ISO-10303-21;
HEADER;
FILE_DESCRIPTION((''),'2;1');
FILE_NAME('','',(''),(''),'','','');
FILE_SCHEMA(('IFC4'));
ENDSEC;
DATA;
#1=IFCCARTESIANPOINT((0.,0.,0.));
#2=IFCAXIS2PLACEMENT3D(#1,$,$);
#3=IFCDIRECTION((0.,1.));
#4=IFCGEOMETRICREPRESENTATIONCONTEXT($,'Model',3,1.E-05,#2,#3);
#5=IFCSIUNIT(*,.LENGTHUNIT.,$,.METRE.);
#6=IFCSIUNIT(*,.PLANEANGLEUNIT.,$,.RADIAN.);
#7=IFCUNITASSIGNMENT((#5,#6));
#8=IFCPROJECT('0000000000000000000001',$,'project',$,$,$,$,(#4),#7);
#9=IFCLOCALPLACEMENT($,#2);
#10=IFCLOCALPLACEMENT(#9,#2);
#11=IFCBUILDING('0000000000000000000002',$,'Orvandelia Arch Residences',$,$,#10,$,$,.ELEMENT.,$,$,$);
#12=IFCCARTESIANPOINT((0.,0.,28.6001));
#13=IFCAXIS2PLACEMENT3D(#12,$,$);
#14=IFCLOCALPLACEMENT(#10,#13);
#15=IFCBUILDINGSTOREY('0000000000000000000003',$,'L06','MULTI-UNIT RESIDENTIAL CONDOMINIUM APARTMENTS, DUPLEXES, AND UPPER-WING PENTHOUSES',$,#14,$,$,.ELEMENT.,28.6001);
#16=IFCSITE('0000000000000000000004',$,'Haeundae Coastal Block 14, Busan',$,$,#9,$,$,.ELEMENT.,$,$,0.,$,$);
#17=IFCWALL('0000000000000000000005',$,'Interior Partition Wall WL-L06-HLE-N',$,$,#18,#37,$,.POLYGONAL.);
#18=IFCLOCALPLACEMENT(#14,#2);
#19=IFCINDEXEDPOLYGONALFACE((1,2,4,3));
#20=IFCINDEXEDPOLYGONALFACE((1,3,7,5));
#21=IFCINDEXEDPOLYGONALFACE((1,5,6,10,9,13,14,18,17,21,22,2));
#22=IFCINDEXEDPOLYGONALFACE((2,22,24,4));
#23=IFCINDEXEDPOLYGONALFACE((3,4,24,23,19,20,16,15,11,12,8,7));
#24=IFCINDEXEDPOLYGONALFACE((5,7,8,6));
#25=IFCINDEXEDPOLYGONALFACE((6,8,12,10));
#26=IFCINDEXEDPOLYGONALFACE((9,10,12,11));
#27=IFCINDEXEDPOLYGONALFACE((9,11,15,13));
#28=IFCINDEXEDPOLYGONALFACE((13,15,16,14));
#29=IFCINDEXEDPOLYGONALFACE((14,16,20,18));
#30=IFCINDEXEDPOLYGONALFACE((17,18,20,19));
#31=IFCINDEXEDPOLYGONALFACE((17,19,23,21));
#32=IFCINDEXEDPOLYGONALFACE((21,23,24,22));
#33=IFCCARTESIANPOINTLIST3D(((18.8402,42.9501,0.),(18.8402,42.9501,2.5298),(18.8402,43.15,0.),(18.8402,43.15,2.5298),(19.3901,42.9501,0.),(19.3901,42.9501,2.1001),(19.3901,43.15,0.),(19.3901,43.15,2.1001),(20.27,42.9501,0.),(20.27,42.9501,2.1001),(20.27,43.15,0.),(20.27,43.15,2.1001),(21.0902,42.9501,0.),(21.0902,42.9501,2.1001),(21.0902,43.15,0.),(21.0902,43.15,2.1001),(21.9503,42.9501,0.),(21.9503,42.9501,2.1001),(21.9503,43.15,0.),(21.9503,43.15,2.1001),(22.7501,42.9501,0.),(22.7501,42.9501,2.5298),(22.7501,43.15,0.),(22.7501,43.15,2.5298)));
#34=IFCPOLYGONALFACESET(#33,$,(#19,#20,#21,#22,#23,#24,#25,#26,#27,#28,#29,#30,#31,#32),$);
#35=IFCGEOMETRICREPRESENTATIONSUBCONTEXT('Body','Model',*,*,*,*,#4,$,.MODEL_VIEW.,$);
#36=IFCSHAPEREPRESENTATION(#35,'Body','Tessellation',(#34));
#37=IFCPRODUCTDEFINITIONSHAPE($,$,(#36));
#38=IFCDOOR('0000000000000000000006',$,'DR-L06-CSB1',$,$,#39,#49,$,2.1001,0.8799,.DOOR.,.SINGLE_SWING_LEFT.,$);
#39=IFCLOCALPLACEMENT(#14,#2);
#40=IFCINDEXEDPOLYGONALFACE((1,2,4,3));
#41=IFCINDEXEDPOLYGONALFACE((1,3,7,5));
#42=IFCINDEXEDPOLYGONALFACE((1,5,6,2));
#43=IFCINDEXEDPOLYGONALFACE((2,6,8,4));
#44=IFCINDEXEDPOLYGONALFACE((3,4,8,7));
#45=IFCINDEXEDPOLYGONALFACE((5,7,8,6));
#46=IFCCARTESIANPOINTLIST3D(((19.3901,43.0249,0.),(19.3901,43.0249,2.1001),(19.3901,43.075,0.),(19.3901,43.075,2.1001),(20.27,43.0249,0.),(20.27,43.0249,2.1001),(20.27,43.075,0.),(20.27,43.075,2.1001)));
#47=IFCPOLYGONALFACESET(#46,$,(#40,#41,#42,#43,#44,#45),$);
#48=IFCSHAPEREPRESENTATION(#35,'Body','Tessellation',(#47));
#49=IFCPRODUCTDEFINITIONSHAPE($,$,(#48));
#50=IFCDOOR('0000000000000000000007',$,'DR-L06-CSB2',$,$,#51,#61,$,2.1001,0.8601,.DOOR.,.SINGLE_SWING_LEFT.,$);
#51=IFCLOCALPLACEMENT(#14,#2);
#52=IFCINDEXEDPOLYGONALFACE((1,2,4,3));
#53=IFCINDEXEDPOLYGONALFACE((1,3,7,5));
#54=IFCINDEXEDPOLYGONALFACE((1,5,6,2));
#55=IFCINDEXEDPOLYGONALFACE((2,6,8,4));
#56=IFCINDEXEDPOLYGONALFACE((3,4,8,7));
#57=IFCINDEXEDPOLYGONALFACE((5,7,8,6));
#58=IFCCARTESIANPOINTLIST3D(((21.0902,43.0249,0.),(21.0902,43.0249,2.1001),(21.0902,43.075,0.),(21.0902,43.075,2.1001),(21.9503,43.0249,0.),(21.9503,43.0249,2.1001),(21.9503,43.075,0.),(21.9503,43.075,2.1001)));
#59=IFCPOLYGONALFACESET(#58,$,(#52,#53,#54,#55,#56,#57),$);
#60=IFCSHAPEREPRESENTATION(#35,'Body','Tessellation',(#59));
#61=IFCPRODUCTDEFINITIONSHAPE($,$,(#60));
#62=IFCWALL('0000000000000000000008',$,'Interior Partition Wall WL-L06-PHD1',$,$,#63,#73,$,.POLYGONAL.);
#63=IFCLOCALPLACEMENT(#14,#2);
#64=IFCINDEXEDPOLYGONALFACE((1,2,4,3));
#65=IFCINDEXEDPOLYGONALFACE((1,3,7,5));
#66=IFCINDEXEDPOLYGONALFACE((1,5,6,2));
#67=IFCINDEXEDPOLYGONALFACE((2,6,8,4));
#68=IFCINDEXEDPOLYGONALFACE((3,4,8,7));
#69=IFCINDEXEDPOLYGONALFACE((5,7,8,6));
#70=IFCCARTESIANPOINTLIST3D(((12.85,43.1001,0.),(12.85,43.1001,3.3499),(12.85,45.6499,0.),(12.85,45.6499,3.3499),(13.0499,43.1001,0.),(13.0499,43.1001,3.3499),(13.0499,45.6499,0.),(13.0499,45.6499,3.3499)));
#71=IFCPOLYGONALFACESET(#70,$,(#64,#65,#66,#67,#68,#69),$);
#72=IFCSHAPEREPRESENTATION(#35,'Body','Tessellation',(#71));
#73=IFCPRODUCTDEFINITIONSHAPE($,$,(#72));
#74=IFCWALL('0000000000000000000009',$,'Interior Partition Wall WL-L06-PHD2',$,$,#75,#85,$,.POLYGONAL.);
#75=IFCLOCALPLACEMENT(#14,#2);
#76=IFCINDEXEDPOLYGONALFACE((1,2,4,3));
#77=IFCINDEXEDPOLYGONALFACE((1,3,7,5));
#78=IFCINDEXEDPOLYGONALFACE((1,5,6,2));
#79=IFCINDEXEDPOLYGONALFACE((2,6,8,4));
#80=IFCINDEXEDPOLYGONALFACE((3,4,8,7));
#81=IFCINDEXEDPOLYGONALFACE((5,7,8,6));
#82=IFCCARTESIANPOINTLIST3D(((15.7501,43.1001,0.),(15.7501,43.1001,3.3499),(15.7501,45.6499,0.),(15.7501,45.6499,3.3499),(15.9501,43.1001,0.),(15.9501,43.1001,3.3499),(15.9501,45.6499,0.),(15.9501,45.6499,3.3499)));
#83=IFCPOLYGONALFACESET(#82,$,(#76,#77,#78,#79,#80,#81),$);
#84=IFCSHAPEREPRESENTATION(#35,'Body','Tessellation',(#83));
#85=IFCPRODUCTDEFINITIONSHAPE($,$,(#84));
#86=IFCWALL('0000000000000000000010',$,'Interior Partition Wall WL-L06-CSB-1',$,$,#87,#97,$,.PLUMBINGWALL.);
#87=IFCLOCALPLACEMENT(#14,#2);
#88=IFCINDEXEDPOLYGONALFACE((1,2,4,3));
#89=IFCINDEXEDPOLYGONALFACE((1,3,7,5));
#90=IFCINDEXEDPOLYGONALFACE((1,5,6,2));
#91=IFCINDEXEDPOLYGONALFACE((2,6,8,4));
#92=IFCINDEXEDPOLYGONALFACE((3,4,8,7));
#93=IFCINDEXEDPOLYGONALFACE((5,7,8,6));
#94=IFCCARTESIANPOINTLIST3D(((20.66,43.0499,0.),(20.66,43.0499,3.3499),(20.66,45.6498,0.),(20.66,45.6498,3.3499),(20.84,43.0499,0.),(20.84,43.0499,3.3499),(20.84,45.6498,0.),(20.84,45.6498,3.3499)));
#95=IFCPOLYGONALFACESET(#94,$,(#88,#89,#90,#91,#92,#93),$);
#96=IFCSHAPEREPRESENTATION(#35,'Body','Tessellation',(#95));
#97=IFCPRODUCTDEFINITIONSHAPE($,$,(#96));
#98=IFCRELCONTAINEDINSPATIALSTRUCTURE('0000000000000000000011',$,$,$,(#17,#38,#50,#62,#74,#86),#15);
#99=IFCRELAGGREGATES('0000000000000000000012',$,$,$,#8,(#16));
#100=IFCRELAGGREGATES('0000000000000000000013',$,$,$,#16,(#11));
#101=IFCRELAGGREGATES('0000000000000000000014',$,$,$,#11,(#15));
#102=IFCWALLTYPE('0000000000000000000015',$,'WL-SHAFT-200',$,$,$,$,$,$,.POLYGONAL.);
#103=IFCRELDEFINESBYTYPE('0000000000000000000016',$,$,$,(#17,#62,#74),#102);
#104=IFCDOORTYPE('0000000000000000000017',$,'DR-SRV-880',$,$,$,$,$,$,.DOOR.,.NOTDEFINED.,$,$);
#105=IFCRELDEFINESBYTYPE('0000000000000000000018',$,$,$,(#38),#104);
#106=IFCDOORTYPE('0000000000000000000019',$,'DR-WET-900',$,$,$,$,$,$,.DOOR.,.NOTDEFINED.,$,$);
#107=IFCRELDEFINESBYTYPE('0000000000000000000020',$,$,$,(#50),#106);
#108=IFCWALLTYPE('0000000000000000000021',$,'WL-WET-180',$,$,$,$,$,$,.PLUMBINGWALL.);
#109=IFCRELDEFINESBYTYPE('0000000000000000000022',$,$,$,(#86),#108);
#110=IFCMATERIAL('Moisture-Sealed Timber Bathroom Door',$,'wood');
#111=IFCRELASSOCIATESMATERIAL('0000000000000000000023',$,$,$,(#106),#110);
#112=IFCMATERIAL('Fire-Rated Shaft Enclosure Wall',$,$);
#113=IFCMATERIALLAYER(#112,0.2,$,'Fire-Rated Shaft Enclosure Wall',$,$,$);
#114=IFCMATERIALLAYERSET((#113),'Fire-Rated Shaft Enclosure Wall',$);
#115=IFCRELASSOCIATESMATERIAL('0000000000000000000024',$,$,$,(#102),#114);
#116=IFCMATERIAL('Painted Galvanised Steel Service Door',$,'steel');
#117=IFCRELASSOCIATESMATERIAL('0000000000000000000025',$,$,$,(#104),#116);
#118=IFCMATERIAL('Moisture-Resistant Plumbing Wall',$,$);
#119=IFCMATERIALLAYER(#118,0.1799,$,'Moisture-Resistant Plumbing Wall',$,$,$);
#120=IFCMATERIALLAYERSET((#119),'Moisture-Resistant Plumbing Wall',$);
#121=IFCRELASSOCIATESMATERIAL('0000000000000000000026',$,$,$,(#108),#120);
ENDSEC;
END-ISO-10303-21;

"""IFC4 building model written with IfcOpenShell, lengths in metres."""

from ifc_helpers import new_model, si_unit, direction, frame, frame_2d, origin, place, context, subcontext, project, spatial, rectangle, extrude, material, layer, layer_set, type_object, element, fill, save


model = new_model("IFC4")

# Units and contexts
model_context = context("Model", 3, precision=1e-05, world=origin(), true_north=direction((0.0, 1.0)))
body_context = subcontext(model_context, "Body", "Model", "MODEL_VIEW")
ifc_project = project(units=[si_unit("LENGTHUNIT", "METRE"), si_unit("PLANEANGLEUNIT", "RADIAN")], contexts=[model_context])

# Site, building, storey
site_placement = place(None, origin())
site = spatial("IfcSite", under=ifc_project, at=site_placement, Name="Haeundae Coastal Block 14, Busan", CompositionType="ELEMENT", RefElevation=0.0)
building_placement = place(site_placement, origin())
building = spatial("IfcBuilding", under=site, at=building_placement, Name="Orvandelia Arch Residences", CompositionType="ELEMENT")
storey_placement = place(building_placement, frame((0.0, 0.0, 28.6001)))
storey = spatial("IfcBuildingStorey", under=building, at=storey_placement, Name="L06", Description="MULTI-UNIT RESIDENTIAL CONDOMINIUM APARTMENTS, DUPLEXES, AND UPPER-WING PENTHOUSES", CompositionType="ELEMENT", Elevation=28.6001)

# Shared definitions
ifc_material_1 = material(Name="Moisture-Sealed Timber Bathroom Door", Category="wood")
door_type_1 = type_object("IfcDoorType", Name="DR-WET-900", OperationType="NOTDEFINED", PredefinedType="DOOR", material=ifc_material_1)

# Shared definitions
ifc_material_2 = material(Name="Fire-Rated Shaft Enclosure Wall")
ifc_layer_1 = layer(ifc_material_2, 0.2, Name="Fire-Rated Shaft Enclosure Wall")
ifc_layer_set_1 = layer_set([ifc_layer_1], Name="Fire-Rated Shaft Enclosure Wall")
wall_type_1 = type_object("IfcWallType", Name="WL-SHAFT-200", PredefinedType="POLYGONAL", material=ifc_layer_set_1)

# Wall, openings, doors
ifc_material_3 = material(Name="Painted Galvanised Steel Service Door", Category="steel")
door_type_2 = type_object("IfcDoorType", Name="DR-SRV-880", OperationType="NOTDEFINED", PredefinedType="DOOR", material=ifc_material_3)
wall_1_placement = place(storey_placement, frame((18.8401, 43.05, 0.0), z_axis=(0.0, 0.0, 1.0), x_axis=(1.0, 0.0, 0.0)))
wall_1 = element("IfcWall", 1, at=wall_1_placement, inside=storey, type_object=wall_type_1, Name="Interior Partition Wall WL-L06-HLE-N", PredefinedType="POLYGONAL", context=body_context, shape_type="SweptSolid", body=[
    extrude(rectangle(XDim=3.9099, YDim=0.2, at=frame_2d((1.9551, 0.0))), origin(), (0.0, 0.0, 1.0), 2.5298),
])
opening_1_placement = place(wall_1_placement, frame((0.55, 0.0, 0.0)))
opening_1 = element("IfcOpeningElement", 2, at=opening_1_placement, cuts=wall_1, PredefinedType="OPENING", context=body_context, shape_type="SweptSolid", body=[
    extrude(rectangle(XDim=0.8799, YDim=2.1001, at=frame_2d((0.4399, 1.05))), frame((0.0, 0.1099, 0.0), z_axis=(0.0, -1.0, 0.0), x_axis=(1.0, 0.0, 0.0)), (0.0, 0.0, 1.0), 0.22),
])
opening_2_placement = place(wall_1_placement, frame((2.25, 0.0, 0.0)))
opening_2 = element("IfcOpeningElement", 3, at=opening_2_placement, cuts=wall_1, PredefinedType="OPENING", context=body_context, shape_type="SweptSolid", body=[
    extrude(rectangle(XDim=0.8601, YDim=2.1001, at=frame_2d((0.4302, 1.05))), frame((0.0, 0.1099, 0.0), z_axis=(0.0, -1.0, 0.0), x_axis=(1.0, 0.0, 0.0)), (0.0, 0.0, 1.0), 0.22),
])
door_1_placement = place(opening_1_placement, origin())
door_1 = element("IfcDoor", 4, at=door_1_placement, inside=storey, type_object=door_type_2, Name="DR-L06-CSB1", OperationType="SINGLE_SWING_LEFT", OverallHeight=2.1001, OverallWidth=0.8799, PredefinedType="DOOR", context=body_context, shape_type="SweptSolid", body=[
    extrude(rectangle(XDim=0.8799, YDim=2.1001, at=frame_2d((0.4399, 1.05))), frame((0.0, 0.0249, 0.0), z_axis=(0.0, -1.0, 0.0), x_axis=(1.0, 0.0, 0.0)), (0.0, 0.0, 1.0), 0.05),
])
fill(opening_1, door_1)
door_2_placement = place(opening_2_placement, origin())
door_2 = element("IfcDoor", 5, at=door_2_placement, inside=storey, type_object=door_type_1, Name="DR-L06-CSB2", OperationType="SINGLE_SWING_LEFT", OverallHeight=2.1001, OverallWidth=0.8601, PredefinedType="DOOR", context=body_context, shape_type="SweptSolid", body=[
    extrude(rectangle(XDim=0.8601, YDim=2.1001, at=frame_2d((0.4302, 1.05))), frame((0.0, 0.0249, 0.0), z_axis=(0.0, -1.0, 0.0), x_axis=(1.0, 0.0, 0.0)), (0.0, 0.0, 1.0), 0.05),
])
fill(opening_2, door_2)

# Walls
for number, where, z_axis, x_axis, name in (
    (6, (12.95, 43.1001, 0.0), (0.0, 0.0, 1.0), (0.0, 1.0, 0.0), "Interior Partition Wall WL-L06-PHD1"),
    (7, (15.8501, 43.1001, 0.0), (0.0, 0.0, 1.0), (0.0, 1.0, 0.0), "Interior Partition Wall WL-L06-PHD2"),
):
    element("IfcWall", number, at=place(storey_placement, frame(where, z_axis=z_axis, x_axis=x_axis)), inside=storey, type_object=wall_type_1, Name=name, PredefinedType="POLYGONAL", context=body_context, shape_type="SweptSolid", body=[
        extrude(rectangle(XDim=2.5498, YDim=0.2, at=frame_2d((1.2749, 0.0))), origin(), (0.0, 0.0, 1.0), 3.3499),
    ])
ifc_material_4 = material(Name="Moisture-Resistant Plumbing Wall")
ifc_layer_2 = layer(ifc_material_4, 0.1799, Name="Moisture-Resistant Plumbing Wall")
ifc_layer_set_2 = layer_set([ifc_layer_2], Name="Moisture-Resistant Plumbing Wall")
wall_type_2 = type_object("IfcWallType", Name="WL-WET-180", PredefinedType="PLUMBINGWALL", material=ifc_layer_set_2)
wall_2_placement = place(storey_placement, frame((20.75, 43.05, 0.0), z_axis=(0.0, 0.0, 1.0), x_axis=(0.0, 1.0, 0.0)))
element("IfcWall", 8, at=wall_2_placement, inside=storey, type_object=wall_type_2, Name="Interior Partition Wall WL-L06-CSB-1", PredefinedType="PLUMBINGWALL", context=body_context, shape_type="SweptSolid", body=[
    extrude(rectangle(XDim=2.5999, YDim=0.1799, at=frame_2d((1.2998, 0.0))), origin(), (0.0, 0.0, 1.0), 3.3499),
])

save(model, "model.ifc")
